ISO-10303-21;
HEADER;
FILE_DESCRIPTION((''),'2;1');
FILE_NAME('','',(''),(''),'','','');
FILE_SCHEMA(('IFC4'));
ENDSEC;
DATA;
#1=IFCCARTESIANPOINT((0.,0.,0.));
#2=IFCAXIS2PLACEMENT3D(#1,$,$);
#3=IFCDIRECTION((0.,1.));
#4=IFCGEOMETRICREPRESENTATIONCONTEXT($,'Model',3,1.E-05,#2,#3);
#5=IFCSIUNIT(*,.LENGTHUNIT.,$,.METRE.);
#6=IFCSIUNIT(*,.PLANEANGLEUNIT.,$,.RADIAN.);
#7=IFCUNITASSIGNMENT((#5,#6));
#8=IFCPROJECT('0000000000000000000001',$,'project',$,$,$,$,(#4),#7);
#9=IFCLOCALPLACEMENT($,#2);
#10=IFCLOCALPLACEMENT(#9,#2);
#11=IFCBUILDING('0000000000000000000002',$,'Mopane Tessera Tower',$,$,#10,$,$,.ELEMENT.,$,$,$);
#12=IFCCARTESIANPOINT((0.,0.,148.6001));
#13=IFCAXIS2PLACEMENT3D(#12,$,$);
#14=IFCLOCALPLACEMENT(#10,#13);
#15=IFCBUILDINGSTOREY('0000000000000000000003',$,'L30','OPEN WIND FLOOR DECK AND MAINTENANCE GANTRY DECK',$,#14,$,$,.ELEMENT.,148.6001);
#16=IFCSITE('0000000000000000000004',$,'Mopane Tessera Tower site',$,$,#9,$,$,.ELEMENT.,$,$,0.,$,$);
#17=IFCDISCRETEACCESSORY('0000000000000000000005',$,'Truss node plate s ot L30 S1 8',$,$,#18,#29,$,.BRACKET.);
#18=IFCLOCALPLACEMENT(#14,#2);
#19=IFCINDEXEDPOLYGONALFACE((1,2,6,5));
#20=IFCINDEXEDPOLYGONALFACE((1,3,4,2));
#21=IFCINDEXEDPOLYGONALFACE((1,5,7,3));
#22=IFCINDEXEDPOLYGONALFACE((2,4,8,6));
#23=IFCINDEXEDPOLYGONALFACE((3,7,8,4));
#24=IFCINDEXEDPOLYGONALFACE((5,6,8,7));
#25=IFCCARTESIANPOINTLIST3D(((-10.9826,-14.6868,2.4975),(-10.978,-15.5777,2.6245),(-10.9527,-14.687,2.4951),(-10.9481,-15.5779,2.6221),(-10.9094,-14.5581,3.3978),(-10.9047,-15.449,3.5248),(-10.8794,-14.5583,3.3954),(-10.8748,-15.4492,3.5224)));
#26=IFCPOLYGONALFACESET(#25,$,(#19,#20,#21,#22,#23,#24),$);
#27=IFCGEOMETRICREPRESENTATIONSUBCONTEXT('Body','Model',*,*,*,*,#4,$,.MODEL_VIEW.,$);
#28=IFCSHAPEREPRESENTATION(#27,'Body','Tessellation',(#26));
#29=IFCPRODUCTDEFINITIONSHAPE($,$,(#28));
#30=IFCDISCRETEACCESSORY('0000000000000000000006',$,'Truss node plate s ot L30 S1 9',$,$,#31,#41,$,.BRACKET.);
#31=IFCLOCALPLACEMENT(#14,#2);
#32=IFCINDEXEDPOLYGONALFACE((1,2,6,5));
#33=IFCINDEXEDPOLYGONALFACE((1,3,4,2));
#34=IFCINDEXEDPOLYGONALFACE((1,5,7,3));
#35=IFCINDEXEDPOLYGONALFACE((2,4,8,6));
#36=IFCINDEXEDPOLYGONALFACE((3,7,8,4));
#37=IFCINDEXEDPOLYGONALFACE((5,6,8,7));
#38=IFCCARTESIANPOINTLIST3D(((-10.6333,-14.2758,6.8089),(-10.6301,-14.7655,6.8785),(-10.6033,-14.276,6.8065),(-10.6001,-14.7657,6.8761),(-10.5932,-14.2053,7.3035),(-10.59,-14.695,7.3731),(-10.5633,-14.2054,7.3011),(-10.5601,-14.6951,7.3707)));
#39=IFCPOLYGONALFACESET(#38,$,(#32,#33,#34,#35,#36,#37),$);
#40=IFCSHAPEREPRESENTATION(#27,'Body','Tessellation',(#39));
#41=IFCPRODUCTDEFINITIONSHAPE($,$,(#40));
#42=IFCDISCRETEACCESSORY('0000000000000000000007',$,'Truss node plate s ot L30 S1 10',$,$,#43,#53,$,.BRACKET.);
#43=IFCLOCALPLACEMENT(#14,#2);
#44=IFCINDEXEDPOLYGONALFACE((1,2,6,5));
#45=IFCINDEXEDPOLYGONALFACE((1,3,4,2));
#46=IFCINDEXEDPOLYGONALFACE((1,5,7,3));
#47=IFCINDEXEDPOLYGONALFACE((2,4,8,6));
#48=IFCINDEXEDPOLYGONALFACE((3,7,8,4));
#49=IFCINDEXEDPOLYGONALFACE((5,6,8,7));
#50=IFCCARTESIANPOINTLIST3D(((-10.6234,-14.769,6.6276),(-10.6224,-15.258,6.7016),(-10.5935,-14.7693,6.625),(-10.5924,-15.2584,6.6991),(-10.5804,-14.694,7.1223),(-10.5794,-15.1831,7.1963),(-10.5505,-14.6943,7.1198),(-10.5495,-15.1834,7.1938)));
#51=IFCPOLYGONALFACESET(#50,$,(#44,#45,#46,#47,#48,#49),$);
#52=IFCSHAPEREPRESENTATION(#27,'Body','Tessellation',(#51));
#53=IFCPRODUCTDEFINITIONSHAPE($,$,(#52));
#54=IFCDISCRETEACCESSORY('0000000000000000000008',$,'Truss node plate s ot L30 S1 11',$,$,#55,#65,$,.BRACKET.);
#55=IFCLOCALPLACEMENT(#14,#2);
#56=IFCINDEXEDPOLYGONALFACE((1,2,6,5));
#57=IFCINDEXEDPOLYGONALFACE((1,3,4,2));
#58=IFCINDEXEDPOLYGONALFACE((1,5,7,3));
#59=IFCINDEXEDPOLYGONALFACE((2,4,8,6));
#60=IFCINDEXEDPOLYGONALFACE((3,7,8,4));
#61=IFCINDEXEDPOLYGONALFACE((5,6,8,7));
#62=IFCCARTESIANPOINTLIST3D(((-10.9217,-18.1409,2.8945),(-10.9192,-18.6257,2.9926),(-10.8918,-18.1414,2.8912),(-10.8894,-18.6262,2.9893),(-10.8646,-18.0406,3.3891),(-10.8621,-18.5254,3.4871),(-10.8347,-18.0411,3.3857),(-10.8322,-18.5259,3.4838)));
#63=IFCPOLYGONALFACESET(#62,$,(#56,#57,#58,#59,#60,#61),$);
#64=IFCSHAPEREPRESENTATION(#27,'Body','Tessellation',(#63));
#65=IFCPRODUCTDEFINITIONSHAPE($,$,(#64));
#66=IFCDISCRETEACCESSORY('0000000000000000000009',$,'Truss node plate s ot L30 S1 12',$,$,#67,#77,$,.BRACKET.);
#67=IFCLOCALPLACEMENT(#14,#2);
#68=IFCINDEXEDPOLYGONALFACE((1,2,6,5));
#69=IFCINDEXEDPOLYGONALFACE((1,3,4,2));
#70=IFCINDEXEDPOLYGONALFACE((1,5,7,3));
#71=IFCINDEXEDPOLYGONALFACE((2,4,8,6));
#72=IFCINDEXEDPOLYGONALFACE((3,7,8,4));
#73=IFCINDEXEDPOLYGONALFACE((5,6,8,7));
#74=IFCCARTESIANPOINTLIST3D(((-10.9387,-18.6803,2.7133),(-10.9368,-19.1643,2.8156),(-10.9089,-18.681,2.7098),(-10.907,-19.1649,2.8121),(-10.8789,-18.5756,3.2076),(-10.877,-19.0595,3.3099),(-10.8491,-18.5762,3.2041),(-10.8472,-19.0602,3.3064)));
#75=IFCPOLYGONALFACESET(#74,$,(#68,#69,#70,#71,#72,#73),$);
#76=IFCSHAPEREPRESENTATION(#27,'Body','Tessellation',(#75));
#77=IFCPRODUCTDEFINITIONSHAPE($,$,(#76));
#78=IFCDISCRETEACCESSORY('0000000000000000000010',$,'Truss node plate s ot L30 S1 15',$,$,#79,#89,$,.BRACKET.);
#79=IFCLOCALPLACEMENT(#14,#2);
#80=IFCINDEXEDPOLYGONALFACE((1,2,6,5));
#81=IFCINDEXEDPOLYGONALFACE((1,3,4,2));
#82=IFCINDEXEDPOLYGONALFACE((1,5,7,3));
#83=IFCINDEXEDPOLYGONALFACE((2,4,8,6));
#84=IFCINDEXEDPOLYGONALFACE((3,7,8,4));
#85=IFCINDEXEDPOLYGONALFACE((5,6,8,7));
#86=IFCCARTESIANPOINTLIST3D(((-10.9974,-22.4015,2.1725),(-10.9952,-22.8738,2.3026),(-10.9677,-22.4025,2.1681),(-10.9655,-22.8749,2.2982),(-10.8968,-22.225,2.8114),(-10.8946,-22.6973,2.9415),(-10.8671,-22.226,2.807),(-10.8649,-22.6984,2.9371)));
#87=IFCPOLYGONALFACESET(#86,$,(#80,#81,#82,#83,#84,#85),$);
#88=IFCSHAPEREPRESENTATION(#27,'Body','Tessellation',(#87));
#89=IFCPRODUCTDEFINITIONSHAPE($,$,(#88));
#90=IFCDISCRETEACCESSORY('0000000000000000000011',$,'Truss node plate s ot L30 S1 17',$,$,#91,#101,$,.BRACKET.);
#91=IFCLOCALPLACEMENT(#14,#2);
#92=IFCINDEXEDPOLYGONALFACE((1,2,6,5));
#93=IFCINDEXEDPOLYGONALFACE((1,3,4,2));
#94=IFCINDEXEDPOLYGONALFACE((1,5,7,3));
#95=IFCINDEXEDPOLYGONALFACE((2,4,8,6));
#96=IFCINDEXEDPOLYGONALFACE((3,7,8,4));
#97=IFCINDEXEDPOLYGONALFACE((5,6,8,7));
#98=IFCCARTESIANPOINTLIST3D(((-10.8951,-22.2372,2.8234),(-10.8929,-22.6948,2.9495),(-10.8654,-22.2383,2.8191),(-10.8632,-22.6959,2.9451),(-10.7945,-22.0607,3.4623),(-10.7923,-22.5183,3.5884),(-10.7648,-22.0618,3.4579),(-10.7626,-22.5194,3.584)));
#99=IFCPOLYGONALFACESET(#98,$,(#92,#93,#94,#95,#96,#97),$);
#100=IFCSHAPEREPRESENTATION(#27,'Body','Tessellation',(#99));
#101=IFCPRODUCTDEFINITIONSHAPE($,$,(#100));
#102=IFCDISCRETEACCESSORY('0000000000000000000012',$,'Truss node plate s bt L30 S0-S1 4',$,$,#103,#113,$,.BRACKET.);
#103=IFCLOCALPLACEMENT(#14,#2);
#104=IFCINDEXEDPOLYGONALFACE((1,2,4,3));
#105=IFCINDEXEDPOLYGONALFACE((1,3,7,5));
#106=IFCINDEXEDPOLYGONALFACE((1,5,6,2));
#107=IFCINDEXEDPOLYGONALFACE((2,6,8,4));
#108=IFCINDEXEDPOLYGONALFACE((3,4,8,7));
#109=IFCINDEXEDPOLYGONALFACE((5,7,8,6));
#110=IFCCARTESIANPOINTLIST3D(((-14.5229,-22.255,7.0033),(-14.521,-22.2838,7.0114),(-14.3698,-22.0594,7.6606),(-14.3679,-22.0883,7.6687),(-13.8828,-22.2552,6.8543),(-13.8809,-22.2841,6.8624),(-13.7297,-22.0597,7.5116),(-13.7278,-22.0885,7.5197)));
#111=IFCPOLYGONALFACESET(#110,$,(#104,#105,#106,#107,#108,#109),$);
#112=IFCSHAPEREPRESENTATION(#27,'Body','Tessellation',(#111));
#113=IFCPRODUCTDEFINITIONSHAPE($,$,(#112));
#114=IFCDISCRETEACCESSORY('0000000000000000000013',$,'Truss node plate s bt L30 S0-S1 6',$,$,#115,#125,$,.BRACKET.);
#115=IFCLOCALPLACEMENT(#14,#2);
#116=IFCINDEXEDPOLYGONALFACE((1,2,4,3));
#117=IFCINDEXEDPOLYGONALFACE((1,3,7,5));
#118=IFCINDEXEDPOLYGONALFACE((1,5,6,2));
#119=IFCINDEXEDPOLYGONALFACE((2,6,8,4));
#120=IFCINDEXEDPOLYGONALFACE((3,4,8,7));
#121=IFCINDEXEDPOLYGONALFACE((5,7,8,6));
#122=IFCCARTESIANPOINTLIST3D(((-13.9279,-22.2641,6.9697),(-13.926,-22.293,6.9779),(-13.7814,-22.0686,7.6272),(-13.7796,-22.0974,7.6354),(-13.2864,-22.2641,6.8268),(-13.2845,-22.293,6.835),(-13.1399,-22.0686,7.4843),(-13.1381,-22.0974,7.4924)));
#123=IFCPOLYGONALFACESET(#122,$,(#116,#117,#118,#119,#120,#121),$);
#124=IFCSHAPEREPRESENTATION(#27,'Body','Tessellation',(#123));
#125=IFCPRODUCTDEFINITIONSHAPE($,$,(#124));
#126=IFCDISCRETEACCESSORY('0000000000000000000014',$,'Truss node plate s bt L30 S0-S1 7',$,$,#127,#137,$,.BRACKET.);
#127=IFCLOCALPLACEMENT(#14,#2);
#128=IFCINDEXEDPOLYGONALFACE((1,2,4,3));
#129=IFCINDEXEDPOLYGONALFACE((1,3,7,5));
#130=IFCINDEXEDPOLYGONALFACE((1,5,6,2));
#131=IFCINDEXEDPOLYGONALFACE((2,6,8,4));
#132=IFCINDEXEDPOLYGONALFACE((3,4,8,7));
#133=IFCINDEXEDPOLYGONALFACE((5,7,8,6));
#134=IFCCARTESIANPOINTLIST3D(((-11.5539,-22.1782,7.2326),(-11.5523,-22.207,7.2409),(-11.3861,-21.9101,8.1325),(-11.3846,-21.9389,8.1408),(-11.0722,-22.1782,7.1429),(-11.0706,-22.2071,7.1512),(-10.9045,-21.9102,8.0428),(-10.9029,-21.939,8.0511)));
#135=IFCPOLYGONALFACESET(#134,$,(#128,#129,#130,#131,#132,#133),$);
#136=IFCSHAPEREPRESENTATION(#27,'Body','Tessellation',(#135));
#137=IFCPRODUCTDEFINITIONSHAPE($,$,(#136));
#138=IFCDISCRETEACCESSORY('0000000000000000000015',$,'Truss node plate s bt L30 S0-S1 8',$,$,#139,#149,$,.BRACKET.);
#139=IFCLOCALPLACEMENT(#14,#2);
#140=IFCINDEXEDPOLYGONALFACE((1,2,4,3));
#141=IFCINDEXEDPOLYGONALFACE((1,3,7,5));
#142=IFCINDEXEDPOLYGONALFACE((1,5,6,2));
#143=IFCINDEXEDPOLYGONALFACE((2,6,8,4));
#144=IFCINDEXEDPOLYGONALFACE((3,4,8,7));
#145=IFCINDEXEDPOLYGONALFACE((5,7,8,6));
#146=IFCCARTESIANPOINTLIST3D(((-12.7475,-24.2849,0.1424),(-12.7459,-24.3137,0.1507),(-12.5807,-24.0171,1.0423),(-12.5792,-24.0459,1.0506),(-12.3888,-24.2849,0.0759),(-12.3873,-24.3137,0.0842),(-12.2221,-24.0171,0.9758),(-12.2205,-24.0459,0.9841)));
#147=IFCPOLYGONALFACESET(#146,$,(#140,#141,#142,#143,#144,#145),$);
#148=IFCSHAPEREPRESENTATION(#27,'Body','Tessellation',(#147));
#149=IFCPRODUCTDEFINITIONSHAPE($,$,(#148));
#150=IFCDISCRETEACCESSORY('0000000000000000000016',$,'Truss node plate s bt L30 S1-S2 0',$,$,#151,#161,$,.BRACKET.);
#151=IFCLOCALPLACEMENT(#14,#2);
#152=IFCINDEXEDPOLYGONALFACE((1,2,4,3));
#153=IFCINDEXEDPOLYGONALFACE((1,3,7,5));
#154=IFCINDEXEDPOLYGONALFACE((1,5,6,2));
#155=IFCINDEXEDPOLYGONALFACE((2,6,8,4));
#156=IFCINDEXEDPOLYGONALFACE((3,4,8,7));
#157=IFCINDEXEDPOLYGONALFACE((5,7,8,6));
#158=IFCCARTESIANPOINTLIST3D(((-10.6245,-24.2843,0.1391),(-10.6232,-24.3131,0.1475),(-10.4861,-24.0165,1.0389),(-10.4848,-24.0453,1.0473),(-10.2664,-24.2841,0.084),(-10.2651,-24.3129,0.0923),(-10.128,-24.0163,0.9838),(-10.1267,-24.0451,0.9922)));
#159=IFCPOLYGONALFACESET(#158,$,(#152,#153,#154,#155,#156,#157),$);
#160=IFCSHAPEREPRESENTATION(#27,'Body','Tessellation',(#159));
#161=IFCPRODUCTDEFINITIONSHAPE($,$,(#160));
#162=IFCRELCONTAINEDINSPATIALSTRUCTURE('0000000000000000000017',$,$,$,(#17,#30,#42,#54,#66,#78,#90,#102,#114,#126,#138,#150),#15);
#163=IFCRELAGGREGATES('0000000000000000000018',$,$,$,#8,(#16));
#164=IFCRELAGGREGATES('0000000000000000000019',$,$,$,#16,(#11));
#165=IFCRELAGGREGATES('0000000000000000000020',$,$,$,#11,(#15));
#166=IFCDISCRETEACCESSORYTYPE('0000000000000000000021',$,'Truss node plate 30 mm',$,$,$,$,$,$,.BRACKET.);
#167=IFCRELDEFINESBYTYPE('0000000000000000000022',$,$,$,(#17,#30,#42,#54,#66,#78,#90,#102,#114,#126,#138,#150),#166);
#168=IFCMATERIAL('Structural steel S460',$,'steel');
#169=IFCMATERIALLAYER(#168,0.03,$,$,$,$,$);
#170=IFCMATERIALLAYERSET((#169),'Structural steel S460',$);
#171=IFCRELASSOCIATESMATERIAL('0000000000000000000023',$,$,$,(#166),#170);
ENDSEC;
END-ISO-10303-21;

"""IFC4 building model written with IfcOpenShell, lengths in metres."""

from ifc_helpers import new_model, si_unit, direction, frame, origin, origin_2d, place, context, subcontext, project, spatial, rectangle, extrude, material, layer, layer_set, type_object, element, save


model = new_model("IFC4")

# Units and contexts
model_context = context("Model", 3, precision=1e-05, world=origin(), true_north=direction((0.0, 1.0)))
body_context = subcontext(model_context, "Body", "Model", "MODEL_VIEW")
ifc_project = project(units=[si_unit("LENGTHUNIT", "METRE"), si_unit("PLANEANGLEUNIT", "RADIAN")], contexts=[model_context])

# Site, building, storey
site_placement = place(None, origin())
site = spatial("IfcSite", under=ifc_project, at=site_placement, Name="Mopane Tessera Tower site", CompositionType="ELEMENT", RefElevation=0.0)
building_placement = place(site_placement, origin())
building = spatial("IfcBuilding", under=site, at=building_placement, Name="Mopane Tessera Tower", CompositionType="ELEMENT")
storey_placement = place(building_placement, frame((0.0, 0.0, 148.6001)))
storey = spatial("IfcBuildingStorey", under=building, at=storey_placement, Name="L30", Description="OPEN WIND FLOOR DECK AND MAINTENANCE GANTRY DECK", CompositionType="ELEMENT", Elevation=148.6001)

# Discrete accessories
ifc_material_1 = material(Name="Structural steel S460", Category="steel")
ifc_layer_1 = layer(ifc_material_1, 0.03)
ifc_layer_set_1 = layer_set([ifc_layer_1], Name="Structural steel S460")
discrete_accessory_type = type_object("IfcDiscreteAccessoryType", Name="Truss node plate 30 mm", PredefinedType="BRACKET", material=ifc_layer_set_1)
discrete_accessory_1_placement = place(storey_placement, frame((-10.9653, -15.1323, 2.5598), z_axis=(0.080288, 0.14104, 0.986743), x_axis=(0.996759, -0.006271, -0.080207)))
element("IfcDiscreteAccessory", 1, at=discrete_accessory_1_placement, inside=storey, type_object=discrete_accessory_type, Name="Truss node plate s ot L30 S1 8", PredefinedType="BRACKET", context=body_context, shape_type="SweptSolid", body=[
    extrude(rectangle(XDim=0.03, YDim=0.8999, at=origin_2d()), origin(), (0.0, 0.0, 1.0), 0.9124),
])
discrete_accessory_2_placement = place(storey_placement, frame((-10.6167, -14.5208, 6.8425), z_axis=(0.07988, 0.140765, 0.986815), x_axis=(0.996784, -0.004894, -0.079989)))
element("IfcDiscreteAccessory", 2, at=discrete_accessory_2_placement, inside=storey, type_object=discrete_accessory_type, Name="Truss node plate s ot L30 S1 9", PredefinedType="BRACKET", context=body_context, shape_type="SweptSolid", body=[
    extrude(rectangle(XDim=0.03, YDim=0.4946, at=origin_2d()), origin(), (0.0, 0.0, 1.0), 0.5012),
])
discrete_accessory_3_placement = place(storey_placement, frame((-10.6079, -15.0137, 6.6633), z_axis=(0.085575, 0.14927, 0.985086), x_axis=(0.99633, -0.010741, -0.084924)))
element("IfcDiscreteAccessory", 3, at=discrete_accessory_3_placement, inside=storey, type_object=discrete_accessory_type, Name="Truss node plate s ot L30 S1 10", PredefinedType="BRACKET", context=body_context, shape_type="SweptSolid", body=[
    extrude(rectangle(XDim=0.03, YDim=0.4946, at=origin_2d()), origin(), (0.0, 0.0, 1.0), 0.5022),
])
discrete_accessory_4_placement = place(storey_placement, frame((-10.9055, -18.3835, 2.9419), z_axis=(0.112475, 0.197552, 0.973819), x_axis=(0.993642, -0.017412, -0.111232)))
element("IfcDiscreteAccessory", 4, at=discrete_accessory_4_placement, inside=storey, type_object=discrete_accessory_type, Name="Truss node plate s ot L30 S1 11", PredefinedType="BRACKET", context=body_context, shape_type="SweptSolid", body=[
    extrude(rectangle(XDim=0.03, YDim=0.4946, at=origin_2d()), origin(), (0.0, 0.0, 1.0), 0.5078),
])
discrete_accessory_5_placement = place(storey_placement, frame((-10.9229, -18.9226, 2.7627), z_axis=(0.11754, 0.205815, 0.971506), x_axis=(0.993061, -0.020693, -0.115764)))
element("IfcDiscreteAccessory", 5, at=discrete_accessory_5_placement, inside=storey, type_object=discrete_accessory_type, Name="Truss node plate s ot L30 S1 12", PredefinedType="BRACKET", context=body_context, shape_type="SweptSolid", body=[
    extrude(rectangle(XDim=0.03, YDim=0.4946, at=origin_2d()), origin(), (0.0, 0.0, 1.0), 0.5088),
])
discrete_accessory_6_placement = place(storey_placement, frame((-10.9814, -22.6382, 2.2354), z_axis=(0.15003, 0.263281, 0.952982), x_axis=(0.988671, -0.035509, -0.145839)))
element("IfcDiscreteAccessory", 6, at=discrete_accessory_6_placement, inside=storey, type_object=discrete_accessory_type, Name="Truss node plate s ot L30 S1 15", PredefinedType="BRACKET", context=body_context, shape_type="SweptSolid", body=[
    extrude(rectangle(XDim=0.03, YDim=0.49, at=origin_2d()), origin(), (0.0, 0.0, 1.0), 0.6704),
])
discrete_accessory_7_placement = place(storey_placement, frame((-10.8792, -22.4666, 2.8843), z_axis=(0.15003, 0.263281, 0.952982), x_axis=(0.988671, -0.035528, -0.145833)))
element("IfcDiscreteAccessory", 7, at=discrete_accessory_7_placement, inside=storey, type_object=discrete_accessory_type, Name="Truss node plate s ot L30 S1 17", PredefinedType="BRACKET", context=body_context, shape_type="SweptSolid", body=[
    extrude(rectangle(XDim=0.03, YDim=0.4746, at=origin_2d()), origin(), (0.0, 0.0, 1.0), 0.6704),
])
discrete_accessory_8_placement = place(storey_placement, frame((-14.2019, -22.2695, 6.9329), z_axis=(0.217877, 0.27834, 0.935445), x_axis=(-0.062772, 0.960483, -0.27117)))
element("IfcDiscreteAccessory", 8, at=discrete_accessory_8_placement, inside=storey, type_object=discrete_accessory_type, Name="Truss node plate s bt L30 S0-S1 4", PredefinedType="BRACKET", context=body_context, shape_type="SweptSolid", body=[
    extrude(rectangle(XDim=0.03, YDim=0.6572, at=origin_2d()), origin(), (0.0, 0.0, 1.0), 0.7026),
])
discrete_accessory_9_placement = place(storey_placement, frame((-13.6062, -22.2786, 6.9023), z_axis=(0.208844, 0.278807, 0.937364), x_axis=(-0.06062, 0.960347, -0.272137)))
element("IfcDiscreteAccessory", 9, at=discrete_accessory_9_placement, inside=storey, type_object=discrete_accessory_type, Name="Truss node plate s bt L30 S0-S1 6", PredefinedType="BRACKET", context=body_context, shape_type="SweptSolid", body=[
    extrude(rectangle(XDim=0.03, YDim=0.6572, at=origin_2d()), origin(), (0.0, 0.0, 1.0), 0.7014),
])
discrete_accessory_10_placement = place(storey_placement, frame((-11.3123, -22.1926, 7.1919), z_axis=(0.175841, 0.281038, 0.94345), x_axis=(-0.05142, 0.959697, -0.276294)))
element("IfcDiscreteAccessory", 10, at=discrete_accessory_10_placement, inside=storey, type_object=discrete_accessory_type, Name="Truss node plate s bt L30 S0-S1 7", PredefinedType="BRACKET", context=body_context, shape_type="SweptSolid", body=[
    extrude(rectangle(XDim=0.03, YDim=0.49, at=origin_2d()), origin(), (0.0, 0.0, 1.0), 0.9539),
])
discrete_accessory_11_placement = place(storey_placement, frame((-12.5674, -24.2993, 0.1133), z_axis=(0.174861, 0.280853, 0.943687), x_axis=(-0.051111, 0.959751, -0.276163)))
element("IfcDiscreteAccessory", 11, at=discrete_accessory_11_placement, inside=storey, type_object=discrete_accessory_type, Name="Truss node plate s bt L30 S0-S1 8", PredefinedType="BRACKET", context=body_context, shape_type="SweptSolid", body=[
    extrude(rectangle(XDim=0.03, YDim=0.3647, at=origin_2d()), origin(), (0.0, 0.0, 1.0), 0.9536),
])
discrete_accessory_12_placement = place(storey_placement, frame((-10.4448, -24.2986, 0.1157), z_axis=(0.145858, 0.282197, 0.948204), x_axis=(-0.043341, 0.959356, -0.27885)))
element("IfcDiscreteAccessory", 12, at=discrete_accessory_12_placement, inside=storey, type_object=discrete_accessory_type, Name="Truss node plate s bt L30 S1-S2 0", PredefinedType="BRACKET", context=body_context, shape_type="SweptSolid", body=[
    extrude(rectangle(XDim=0.03, YDim=0.3623, at=origin_2d()), origin(), (0.0, 0.0, 1.0), 0.949),
])

save(model, "model.ifc")
